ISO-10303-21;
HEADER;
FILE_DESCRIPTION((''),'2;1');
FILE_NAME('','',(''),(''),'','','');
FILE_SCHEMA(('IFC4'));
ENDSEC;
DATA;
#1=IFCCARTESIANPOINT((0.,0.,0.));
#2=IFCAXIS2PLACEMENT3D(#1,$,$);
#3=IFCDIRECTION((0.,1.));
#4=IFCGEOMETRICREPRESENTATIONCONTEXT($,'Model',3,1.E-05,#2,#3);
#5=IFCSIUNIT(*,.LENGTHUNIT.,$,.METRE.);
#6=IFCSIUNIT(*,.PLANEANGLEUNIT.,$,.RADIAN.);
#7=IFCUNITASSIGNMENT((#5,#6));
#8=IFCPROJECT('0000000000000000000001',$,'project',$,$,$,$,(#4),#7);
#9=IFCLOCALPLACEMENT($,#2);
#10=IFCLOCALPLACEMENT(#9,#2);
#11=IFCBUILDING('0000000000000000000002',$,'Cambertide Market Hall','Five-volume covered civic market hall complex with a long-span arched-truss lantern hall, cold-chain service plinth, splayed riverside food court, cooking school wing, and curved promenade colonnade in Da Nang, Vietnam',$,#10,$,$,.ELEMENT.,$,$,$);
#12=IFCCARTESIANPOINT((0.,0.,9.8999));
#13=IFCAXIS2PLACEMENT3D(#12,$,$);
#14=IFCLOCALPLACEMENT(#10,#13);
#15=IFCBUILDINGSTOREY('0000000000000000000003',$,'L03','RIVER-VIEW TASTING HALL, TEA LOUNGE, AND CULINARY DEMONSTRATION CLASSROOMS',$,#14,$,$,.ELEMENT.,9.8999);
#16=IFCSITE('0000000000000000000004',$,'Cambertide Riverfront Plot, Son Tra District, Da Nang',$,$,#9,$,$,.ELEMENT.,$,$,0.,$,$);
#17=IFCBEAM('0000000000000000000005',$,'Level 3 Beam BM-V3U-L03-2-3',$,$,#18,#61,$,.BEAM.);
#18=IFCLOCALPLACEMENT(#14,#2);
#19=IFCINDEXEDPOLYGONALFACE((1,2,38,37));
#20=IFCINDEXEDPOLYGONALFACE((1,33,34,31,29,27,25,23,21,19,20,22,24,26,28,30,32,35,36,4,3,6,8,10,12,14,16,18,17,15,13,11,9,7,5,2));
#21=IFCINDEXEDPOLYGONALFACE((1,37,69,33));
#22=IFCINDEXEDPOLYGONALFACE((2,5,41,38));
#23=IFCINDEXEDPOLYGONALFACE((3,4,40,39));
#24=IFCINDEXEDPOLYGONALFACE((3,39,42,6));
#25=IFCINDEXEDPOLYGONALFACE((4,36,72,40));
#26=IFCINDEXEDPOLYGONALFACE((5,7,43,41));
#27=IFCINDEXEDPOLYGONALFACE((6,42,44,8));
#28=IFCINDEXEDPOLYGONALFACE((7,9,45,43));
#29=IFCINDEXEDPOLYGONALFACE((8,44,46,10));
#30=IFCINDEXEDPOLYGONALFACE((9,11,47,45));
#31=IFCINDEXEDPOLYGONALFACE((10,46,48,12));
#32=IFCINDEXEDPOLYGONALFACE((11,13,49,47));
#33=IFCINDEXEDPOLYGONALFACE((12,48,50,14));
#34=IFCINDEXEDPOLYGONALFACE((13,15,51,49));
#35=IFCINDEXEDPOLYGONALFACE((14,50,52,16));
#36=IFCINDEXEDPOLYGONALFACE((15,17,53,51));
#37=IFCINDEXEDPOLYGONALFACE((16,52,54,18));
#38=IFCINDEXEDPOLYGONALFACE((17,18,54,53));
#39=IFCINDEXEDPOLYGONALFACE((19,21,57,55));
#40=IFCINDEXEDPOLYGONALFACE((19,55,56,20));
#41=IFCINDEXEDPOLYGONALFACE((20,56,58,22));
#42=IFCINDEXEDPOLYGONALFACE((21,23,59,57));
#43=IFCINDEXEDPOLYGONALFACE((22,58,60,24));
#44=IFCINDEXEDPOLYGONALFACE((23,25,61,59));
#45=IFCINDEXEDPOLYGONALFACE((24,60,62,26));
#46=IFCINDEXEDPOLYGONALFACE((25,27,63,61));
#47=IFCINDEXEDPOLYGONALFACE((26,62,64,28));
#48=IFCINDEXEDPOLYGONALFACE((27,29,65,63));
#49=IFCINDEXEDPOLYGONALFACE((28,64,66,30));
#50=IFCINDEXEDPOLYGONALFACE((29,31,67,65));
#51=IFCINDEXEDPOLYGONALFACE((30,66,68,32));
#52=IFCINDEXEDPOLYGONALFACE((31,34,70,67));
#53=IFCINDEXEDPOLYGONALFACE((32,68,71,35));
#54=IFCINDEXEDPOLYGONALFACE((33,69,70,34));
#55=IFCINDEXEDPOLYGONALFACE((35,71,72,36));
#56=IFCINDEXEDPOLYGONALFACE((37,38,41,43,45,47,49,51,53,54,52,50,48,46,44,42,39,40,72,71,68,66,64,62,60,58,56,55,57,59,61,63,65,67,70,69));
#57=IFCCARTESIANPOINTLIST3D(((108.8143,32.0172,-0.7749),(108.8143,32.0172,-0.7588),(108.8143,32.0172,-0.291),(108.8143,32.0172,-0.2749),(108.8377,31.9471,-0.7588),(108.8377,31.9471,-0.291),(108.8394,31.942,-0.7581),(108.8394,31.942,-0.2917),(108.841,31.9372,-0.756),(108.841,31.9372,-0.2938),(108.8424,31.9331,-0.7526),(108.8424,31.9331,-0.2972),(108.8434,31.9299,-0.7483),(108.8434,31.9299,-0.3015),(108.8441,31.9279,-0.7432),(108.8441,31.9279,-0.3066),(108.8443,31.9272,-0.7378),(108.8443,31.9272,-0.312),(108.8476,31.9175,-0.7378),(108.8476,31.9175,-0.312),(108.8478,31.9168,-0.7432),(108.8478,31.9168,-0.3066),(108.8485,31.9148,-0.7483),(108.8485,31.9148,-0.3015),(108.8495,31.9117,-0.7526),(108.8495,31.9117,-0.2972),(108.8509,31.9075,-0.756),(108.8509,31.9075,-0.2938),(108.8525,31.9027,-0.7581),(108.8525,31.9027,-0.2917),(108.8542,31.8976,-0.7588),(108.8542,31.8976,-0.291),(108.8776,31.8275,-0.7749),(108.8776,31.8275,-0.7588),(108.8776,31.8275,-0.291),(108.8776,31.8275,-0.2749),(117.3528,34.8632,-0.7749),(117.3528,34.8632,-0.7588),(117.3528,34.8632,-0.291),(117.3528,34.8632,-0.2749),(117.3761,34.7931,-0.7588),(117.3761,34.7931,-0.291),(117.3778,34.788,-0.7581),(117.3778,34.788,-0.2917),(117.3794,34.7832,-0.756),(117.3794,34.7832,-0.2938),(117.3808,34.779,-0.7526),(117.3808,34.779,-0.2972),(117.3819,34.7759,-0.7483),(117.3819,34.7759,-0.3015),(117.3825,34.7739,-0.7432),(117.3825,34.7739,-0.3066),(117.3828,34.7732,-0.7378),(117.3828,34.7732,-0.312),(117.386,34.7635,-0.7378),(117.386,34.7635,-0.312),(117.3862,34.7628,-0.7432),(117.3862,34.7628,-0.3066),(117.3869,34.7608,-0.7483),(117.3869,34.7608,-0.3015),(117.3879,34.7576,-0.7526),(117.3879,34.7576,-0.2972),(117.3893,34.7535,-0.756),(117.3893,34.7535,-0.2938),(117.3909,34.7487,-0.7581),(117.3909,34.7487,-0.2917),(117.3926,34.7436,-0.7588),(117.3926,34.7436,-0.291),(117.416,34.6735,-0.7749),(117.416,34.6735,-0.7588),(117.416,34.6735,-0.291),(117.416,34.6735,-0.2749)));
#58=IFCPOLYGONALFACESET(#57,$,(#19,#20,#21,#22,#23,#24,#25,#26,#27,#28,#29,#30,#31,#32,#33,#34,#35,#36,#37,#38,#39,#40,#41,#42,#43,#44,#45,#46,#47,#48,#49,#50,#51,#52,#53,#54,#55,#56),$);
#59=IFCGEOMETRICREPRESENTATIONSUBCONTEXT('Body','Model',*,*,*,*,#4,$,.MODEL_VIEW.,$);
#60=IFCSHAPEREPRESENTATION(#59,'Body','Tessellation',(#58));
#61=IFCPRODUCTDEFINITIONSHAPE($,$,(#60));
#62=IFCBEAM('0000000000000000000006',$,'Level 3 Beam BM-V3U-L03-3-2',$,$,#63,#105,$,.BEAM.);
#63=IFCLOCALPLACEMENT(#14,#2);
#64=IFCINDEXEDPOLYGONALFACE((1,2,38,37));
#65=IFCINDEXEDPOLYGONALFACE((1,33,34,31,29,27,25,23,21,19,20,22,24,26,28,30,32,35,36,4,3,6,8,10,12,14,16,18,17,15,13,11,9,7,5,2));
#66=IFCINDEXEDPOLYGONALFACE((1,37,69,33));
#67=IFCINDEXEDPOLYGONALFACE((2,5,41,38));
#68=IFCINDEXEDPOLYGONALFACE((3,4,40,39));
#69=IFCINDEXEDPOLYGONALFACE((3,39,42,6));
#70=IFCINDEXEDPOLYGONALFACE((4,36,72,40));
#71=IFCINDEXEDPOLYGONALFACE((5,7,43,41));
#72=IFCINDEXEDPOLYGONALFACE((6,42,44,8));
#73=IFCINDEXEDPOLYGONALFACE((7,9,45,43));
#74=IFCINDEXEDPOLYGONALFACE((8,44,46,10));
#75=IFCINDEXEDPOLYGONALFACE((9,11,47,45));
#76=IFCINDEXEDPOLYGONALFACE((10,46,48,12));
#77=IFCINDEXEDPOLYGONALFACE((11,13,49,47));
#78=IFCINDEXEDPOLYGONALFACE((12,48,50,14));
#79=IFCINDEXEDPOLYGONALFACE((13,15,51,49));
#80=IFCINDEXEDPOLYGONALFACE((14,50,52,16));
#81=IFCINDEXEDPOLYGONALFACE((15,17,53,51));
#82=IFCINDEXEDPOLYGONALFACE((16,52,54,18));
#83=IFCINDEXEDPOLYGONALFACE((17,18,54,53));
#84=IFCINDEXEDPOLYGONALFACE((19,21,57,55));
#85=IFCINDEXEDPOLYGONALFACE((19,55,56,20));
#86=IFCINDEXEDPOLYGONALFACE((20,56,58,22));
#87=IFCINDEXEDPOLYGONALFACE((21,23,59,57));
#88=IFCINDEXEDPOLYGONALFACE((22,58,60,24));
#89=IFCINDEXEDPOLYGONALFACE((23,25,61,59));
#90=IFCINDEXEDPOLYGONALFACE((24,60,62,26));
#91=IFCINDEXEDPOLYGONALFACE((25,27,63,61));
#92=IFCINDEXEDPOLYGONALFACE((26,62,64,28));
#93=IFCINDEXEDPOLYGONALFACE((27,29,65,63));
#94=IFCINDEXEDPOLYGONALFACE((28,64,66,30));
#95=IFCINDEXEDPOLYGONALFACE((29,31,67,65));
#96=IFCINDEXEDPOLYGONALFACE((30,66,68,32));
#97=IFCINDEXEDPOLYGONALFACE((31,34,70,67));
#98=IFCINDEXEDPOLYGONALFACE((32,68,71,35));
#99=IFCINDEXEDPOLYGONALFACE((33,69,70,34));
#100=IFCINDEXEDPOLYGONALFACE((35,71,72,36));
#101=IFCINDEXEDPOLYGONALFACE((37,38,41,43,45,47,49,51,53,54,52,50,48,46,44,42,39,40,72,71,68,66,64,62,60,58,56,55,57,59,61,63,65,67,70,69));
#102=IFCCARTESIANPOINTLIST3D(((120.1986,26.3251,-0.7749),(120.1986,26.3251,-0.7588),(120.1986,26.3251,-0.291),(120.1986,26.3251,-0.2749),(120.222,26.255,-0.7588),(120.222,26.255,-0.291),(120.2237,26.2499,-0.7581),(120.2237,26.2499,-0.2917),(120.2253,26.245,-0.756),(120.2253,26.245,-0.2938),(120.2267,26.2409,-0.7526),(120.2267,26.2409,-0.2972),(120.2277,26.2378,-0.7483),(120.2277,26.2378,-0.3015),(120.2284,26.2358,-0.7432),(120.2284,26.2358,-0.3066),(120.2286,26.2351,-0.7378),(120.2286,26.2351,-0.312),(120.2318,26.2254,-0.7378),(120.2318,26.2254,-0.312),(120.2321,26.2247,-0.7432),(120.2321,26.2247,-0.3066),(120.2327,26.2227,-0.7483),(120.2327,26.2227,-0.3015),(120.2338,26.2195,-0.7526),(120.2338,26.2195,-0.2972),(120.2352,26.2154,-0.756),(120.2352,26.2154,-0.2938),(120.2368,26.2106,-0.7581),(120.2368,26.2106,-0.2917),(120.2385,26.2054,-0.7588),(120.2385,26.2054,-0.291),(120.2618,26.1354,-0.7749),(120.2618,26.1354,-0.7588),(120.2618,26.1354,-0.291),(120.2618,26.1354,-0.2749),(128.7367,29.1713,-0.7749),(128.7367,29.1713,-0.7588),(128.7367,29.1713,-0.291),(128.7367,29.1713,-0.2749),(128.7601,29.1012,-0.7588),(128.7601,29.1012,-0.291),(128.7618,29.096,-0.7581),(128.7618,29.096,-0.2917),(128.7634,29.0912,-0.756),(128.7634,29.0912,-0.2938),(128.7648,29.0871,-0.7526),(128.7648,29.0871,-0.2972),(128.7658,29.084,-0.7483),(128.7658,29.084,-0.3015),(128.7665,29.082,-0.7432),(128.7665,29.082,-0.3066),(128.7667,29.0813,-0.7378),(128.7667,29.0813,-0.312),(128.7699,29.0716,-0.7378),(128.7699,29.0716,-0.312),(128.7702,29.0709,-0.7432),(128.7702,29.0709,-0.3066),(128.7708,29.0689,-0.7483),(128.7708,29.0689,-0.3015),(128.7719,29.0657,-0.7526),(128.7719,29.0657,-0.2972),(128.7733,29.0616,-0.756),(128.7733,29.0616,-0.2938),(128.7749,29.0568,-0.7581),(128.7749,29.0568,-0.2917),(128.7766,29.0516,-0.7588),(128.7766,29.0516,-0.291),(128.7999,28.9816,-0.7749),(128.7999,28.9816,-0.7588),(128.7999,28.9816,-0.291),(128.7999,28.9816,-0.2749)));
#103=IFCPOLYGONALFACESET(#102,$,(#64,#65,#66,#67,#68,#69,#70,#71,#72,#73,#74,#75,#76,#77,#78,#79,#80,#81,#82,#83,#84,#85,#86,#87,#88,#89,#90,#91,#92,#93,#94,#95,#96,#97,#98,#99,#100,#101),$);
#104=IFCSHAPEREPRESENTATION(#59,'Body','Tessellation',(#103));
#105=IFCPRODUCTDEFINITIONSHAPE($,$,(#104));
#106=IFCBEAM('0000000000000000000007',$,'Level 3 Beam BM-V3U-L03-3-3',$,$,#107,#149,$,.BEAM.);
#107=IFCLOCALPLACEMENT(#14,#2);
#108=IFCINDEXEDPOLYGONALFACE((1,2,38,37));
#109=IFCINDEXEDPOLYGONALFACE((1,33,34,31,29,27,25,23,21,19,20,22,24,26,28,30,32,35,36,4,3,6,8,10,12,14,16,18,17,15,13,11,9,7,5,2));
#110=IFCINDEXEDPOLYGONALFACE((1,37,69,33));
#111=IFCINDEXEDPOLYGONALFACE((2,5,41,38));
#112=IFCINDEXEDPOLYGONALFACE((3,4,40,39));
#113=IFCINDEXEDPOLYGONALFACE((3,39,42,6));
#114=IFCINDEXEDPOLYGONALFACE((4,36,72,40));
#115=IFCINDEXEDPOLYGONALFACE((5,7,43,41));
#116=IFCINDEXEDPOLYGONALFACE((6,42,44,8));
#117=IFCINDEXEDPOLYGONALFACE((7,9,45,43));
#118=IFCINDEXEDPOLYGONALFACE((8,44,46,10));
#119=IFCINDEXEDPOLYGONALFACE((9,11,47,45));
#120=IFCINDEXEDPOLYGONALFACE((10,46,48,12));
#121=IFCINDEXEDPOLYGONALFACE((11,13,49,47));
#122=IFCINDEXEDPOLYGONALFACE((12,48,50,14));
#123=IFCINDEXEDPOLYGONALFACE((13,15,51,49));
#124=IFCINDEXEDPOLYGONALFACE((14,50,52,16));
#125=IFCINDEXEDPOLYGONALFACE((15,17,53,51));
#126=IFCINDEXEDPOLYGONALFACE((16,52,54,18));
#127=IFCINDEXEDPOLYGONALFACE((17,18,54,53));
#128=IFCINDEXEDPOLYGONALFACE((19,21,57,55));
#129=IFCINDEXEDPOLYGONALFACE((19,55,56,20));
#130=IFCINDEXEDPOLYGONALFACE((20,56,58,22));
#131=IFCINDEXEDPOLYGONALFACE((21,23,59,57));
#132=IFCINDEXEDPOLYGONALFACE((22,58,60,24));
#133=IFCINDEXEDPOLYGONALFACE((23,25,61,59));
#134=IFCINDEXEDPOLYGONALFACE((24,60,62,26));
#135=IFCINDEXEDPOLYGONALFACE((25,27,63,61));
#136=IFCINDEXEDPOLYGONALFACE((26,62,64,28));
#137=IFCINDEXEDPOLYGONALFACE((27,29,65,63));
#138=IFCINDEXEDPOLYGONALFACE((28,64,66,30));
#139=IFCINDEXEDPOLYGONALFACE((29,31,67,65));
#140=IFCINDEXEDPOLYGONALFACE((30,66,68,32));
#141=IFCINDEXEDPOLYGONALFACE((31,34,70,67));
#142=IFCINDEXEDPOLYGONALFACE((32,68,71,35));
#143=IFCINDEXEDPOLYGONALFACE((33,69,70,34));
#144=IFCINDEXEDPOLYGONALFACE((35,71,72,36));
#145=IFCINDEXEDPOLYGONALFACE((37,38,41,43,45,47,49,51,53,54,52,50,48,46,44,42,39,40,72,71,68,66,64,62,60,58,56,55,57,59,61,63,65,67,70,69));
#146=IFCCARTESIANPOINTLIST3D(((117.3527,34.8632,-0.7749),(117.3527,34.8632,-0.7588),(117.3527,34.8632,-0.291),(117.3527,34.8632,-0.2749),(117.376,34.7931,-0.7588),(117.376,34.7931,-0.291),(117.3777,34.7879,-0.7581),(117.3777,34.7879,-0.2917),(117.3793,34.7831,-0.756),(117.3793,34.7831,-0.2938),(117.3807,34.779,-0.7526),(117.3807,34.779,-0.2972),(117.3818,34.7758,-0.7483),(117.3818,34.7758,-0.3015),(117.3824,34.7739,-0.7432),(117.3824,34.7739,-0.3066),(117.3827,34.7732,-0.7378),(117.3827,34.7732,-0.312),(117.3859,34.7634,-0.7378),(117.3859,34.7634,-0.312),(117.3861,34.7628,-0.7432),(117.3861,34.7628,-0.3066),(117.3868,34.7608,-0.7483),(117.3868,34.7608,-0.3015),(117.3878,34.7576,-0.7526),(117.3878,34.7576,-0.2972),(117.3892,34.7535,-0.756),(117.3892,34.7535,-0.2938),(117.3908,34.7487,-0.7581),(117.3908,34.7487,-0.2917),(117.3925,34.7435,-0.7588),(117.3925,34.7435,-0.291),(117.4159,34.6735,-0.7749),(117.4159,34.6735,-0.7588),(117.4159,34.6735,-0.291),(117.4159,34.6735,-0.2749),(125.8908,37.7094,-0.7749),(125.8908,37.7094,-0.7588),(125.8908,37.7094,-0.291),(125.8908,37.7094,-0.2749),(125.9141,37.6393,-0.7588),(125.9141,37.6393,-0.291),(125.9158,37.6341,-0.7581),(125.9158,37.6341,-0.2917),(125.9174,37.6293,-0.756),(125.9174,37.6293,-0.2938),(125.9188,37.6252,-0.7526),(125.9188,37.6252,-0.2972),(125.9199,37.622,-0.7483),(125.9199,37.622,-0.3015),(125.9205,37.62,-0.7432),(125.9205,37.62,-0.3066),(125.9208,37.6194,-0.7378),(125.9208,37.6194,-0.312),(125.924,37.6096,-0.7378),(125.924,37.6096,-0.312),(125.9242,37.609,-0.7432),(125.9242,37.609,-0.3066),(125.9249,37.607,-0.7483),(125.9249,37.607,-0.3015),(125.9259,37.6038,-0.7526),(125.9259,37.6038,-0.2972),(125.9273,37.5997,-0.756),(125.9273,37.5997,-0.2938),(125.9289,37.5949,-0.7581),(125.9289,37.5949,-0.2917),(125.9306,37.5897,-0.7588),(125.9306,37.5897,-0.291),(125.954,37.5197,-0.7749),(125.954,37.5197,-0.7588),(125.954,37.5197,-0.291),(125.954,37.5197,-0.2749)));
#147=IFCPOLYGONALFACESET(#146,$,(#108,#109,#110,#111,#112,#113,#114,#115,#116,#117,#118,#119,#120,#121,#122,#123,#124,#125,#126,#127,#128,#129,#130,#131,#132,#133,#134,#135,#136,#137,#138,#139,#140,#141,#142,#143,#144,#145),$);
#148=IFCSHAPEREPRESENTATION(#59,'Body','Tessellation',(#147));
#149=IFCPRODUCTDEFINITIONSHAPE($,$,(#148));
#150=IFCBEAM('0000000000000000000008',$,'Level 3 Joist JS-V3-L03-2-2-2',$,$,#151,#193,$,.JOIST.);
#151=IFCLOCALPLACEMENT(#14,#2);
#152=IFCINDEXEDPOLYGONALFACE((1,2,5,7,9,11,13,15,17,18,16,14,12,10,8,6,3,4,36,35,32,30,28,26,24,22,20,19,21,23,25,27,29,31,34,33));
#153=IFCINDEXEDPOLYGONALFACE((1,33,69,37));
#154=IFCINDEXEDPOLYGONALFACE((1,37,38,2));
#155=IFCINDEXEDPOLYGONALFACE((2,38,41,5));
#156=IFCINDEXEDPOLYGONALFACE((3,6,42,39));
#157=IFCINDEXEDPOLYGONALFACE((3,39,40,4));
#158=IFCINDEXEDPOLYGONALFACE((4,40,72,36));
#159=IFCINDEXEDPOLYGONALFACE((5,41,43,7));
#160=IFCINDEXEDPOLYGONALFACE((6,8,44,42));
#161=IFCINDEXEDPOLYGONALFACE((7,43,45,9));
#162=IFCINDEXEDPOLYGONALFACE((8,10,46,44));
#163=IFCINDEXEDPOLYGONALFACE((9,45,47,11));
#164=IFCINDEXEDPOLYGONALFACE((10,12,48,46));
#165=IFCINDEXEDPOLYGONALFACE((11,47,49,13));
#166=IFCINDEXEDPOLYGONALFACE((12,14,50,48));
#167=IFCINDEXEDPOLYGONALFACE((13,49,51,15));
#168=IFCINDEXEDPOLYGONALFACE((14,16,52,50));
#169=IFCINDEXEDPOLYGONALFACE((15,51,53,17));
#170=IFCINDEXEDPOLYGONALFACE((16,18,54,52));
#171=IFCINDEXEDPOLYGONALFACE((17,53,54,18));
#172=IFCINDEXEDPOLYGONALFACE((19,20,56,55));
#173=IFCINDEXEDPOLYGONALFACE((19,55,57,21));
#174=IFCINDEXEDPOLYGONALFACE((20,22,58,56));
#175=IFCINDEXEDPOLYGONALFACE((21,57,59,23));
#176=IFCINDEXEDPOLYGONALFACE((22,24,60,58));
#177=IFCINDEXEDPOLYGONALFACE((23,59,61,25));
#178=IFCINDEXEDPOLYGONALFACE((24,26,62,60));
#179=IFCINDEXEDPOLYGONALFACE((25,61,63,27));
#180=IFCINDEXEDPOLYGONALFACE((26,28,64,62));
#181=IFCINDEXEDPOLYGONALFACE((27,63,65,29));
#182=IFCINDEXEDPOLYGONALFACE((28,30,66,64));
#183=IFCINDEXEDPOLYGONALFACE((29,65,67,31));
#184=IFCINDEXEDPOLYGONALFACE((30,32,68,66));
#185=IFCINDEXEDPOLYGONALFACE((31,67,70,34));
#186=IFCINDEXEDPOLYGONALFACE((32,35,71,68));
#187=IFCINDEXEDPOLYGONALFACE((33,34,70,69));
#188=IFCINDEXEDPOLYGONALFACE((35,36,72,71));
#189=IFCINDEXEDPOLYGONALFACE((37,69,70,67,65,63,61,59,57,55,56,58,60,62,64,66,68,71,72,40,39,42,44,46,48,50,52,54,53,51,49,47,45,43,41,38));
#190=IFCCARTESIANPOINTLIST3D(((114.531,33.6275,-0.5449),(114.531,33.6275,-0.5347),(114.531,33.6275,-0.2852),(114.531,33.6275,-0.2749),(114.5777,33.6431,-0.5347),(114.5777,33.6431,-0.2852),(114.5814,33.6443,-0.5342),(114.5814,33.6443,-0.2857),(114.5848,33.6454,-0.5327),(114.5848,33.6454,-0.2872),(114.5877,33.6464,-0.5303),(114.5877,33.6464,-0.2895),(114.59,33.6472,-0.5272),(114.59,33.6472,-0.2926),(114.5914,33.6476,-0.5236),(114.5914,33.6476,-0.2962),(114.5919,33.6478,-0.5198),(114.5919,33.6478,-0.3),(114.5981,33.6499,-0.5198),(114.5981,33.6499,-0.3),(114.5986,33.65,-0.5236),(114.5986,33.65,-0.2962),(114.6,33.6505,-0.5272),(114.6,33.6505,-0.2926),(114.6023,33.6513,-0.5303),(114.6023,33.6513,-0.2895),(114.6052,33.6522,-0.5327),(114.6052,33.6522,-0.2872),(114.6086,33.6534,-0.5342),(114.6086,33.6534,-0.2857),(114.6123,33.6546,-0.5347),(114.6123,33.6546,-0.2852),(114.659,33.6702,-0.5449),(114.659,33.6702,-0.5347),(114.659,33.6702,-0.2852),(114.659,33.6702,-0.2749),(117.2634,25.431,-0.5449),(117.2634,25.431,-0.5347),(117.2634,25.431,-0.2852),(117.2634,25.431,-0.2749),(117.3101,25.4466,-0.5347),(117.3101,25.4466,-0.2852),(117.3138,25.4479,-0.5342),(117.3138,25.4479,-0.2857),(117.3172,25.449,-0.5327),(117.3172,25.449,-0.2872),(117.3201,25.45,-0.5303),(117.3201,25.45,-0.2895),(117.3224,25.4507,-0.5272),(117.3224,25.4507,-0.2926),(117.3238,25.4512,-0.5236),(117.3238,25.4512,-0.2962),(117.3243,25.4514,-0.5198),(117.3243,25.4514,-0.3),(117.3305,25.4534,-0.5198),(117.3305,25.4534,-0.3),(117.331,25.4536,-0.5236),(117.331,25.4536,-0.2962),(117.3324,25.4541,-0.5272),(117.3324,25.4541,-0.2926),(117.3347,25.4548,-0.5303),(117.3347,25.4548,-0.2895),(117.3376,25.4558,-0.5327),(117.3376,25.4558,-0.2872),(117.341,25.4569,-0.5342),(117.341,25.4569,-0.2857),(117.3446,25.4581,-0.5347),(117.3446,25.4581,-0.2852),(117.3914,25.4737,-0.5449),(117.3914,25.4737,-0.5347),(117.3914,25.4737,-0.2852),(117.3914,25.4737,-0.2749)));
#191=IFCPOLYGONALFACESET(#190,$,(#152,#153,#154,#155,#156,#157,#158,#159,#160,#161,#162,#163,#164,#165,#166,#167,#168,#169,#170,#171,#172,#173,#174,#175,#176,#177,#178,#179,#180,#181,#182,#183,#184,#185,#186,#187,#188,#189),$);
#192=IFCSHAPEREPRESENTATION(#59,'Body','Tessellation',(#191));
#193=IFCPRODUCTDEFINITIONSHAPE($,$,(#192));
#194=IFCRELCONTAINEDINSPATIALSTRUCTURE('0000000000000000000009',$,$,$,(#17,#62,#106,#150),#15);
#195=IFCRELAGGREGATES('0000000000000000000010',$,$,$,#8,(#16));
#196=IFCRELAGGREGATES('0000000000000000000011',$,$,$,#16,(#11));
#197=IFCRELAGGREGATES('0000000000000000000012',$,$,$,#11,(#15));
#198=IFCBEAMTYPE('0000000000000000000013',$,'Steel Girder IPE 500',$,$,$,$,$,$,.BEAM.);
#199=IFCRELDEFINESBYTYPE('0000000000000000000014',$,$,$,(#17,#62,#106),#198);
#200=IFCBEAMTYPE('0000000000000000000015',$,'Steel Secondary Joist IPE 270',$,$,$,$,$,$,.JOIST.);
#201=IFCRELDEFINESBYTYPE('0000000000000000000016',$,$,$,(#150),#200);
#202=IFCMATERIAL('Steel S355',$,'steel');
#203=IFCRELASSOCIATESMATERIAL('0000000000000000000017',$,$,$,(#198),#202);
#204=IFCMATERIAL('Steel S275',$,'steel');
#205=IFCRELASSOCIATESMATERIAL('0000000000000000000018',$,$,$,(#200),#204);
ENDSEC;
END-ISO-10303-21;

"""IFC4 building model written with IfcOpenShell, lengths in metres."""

from ifc_helpers import new_model, si_unit, direction, frame, origin, origin_2d, place, context, subcontext, project, spatial, i_section, extrude, material, material_profile, profile_set, type_object, element, save


model = new_model("IFC4")

# Units and contexts
model_context = context("Model", 3, precision=1e-05, world=origin(), true_north=direction((0.0, 1.0)))
body_context = subcontext(model_context, "Body", "Model", "MODEL_VIEW")
ifc_project = project(units=[si_unit("LENGTHUNIT", "METRE"), si_unit("PLANEANGLEUNIT", "RADIAN")], contexts=[model_context])

# Site, building, storey
site_placement = place(None, origin())
site = spatial("IfcSite", under=ifc_project, at=site_placement, Name="Cambertide Riverfront Plot, Son Tra District, Da Nang", CompositionType="ELEMENT", RefElevation=0.0)
building_placement = place(site_placement, origin())
building = spatial("IfcBuilding", under=site, at=building_placement, Name="Cambertide Market Hall", Description="Five-volume covered civic market hall complex with a long-span arched-truss lantern hall, cold-chain service plinth, splayed riverside food court, cooking school wing, and curved promenade colonnade in Da Nang, Vietnam", CompositionType="ELEMENT")
storey_placement = place(building_placement, frame((0.0, 0.0, 9.8999)))
storey = spatial("IfcBuildingStorey", under=building, at=storey_placement, Name="L03", Description="RIVER-VIEW TASTING HALL, TEA LOUNGE, AND CULINARY DEMONSTRATION CLASSROOMS", CompositionType="ELEMENT", Elevation=9.8999)

# Beams
ifc_material_1 = material(Name="Steel S355", Category="steel")
ifc_material_profile_1 = material_profile(ifc_material_1, i_section(OverallWidth=0.2, OverallDepth=0.5, WebThickness=0.0103, FlangeThickness=0.0161, FilletRadius=0.021, at=origin_2d()), Name="IPE 500")
ifc_profile_set_1 = profile_set([ifc_material_profile_1], Name="Steel S355")
beam_type_1 = type_object("IfcBeamType", Name="Steel Girder IPE 500", PredefinedType="BEAM", material=ifc_profile_set_1)
beam_1_placement = place(storey_placement, frame((108.8459, 31.9224, -0.5249), z_axis=(0.948689, 0.316211, 0.0), x_axis=(-0.316211, 0.948689, 0.0)))
element("IfcBeam", 1, at=beam_1_placement, inside=storey, type_object=beam_type_1, Name="Level 3 Beam BM-V3U-L03-2-3", PredefinedType="BEAM", context=body_context, shape_type="SweptSolid", body=[
    extrude(i_section(OverallWidth=0.2, OverallDepth=0.5, WebThickness=0.0103, FlangeThickness=0.0161, FilletRadius=0.021, at=origin_2d()), origin(), (0.0, 0.0, 1.0), 9.0002),
])
for number, where, z_axis, x_axis, name in (
    (2, (120.2302, 26.2302, -0.5249), (0.948678, 0.316244, 0.0), (-0.316244, 0.948678, 0.0), "Level 3 Beam BM-V3U-L03-3-2"),
    (3, (117.3843, 34.7683, -0.5249), (0.948678, 0.316244, 0.0), (-0.316244, 0.948678, 0.0), "Level 3 Beam BM-V3U-L03-3-3"),
):
    element("IfcBeam", number, at=place(storey_placement, frame(where, z_axis=z_axis, x_axis=x_axis)), inside=storey, type_object=beam_type_1, Name=name, PredefinedType="BEAM", context=body_context, shape_type="SweptSolid", body=[
        extrude(i_section(OverallWidth=0.2, OverallDepth=0.5, WebThickness=0.0103, FlangeThickness=0.0161, FilletRadius=0.021, at=origin_2d()), origin(), (0.0, 0.0, 1.0), 9.0),
    ])
ifc_material_2 = material(Name="Steel S275", Category="steel")
ifc_material_profile_2 = material_profile(ifc_material_2, i_section(OverallWidth=0.135, OverallDepth=0.27, WebThickness=0.0066, FlangeThickness=0.0103, FilletRadius=0.0149, at=origin_2d()), Name="IPE 270")
ifc_profile_set_2 = profile_set([ifc_material_profile_2], Name="Steel S275")
beam_type_2 = type_object("IfcBeamType", Name="Steel Secondary Joist IPE 270", PredefinedType="JOIST", material=ifc_profile_set_2)
beam_2_placement = place(storey_placement, frame((117.3274, 25.4524, -0.4099), z_axis=(-0.316253, 0.948675, 0.0), x_axis=(-0.948675, -0.316253, 0.0)))
element("IfcBeam", 4, at=beam_2_placement, inside=storey, type_object=beam_type_2, Name="Level 3 Joist JS-V3-L03-2-2-2", PredefinedType="JOIST", context=body_context, shape_type="SweptSolid", body=[
    extrude(i_section(OverallWidth=0.135, OverallDepth=0.27, WebThickness=0.0066, FlangeThickness=0.0103, FilletRadius=0.0149, at=origin_2d()), origin(), (0.0, 0.0, 1.0), 8.6399),
])

save(model, "model.ifc")
